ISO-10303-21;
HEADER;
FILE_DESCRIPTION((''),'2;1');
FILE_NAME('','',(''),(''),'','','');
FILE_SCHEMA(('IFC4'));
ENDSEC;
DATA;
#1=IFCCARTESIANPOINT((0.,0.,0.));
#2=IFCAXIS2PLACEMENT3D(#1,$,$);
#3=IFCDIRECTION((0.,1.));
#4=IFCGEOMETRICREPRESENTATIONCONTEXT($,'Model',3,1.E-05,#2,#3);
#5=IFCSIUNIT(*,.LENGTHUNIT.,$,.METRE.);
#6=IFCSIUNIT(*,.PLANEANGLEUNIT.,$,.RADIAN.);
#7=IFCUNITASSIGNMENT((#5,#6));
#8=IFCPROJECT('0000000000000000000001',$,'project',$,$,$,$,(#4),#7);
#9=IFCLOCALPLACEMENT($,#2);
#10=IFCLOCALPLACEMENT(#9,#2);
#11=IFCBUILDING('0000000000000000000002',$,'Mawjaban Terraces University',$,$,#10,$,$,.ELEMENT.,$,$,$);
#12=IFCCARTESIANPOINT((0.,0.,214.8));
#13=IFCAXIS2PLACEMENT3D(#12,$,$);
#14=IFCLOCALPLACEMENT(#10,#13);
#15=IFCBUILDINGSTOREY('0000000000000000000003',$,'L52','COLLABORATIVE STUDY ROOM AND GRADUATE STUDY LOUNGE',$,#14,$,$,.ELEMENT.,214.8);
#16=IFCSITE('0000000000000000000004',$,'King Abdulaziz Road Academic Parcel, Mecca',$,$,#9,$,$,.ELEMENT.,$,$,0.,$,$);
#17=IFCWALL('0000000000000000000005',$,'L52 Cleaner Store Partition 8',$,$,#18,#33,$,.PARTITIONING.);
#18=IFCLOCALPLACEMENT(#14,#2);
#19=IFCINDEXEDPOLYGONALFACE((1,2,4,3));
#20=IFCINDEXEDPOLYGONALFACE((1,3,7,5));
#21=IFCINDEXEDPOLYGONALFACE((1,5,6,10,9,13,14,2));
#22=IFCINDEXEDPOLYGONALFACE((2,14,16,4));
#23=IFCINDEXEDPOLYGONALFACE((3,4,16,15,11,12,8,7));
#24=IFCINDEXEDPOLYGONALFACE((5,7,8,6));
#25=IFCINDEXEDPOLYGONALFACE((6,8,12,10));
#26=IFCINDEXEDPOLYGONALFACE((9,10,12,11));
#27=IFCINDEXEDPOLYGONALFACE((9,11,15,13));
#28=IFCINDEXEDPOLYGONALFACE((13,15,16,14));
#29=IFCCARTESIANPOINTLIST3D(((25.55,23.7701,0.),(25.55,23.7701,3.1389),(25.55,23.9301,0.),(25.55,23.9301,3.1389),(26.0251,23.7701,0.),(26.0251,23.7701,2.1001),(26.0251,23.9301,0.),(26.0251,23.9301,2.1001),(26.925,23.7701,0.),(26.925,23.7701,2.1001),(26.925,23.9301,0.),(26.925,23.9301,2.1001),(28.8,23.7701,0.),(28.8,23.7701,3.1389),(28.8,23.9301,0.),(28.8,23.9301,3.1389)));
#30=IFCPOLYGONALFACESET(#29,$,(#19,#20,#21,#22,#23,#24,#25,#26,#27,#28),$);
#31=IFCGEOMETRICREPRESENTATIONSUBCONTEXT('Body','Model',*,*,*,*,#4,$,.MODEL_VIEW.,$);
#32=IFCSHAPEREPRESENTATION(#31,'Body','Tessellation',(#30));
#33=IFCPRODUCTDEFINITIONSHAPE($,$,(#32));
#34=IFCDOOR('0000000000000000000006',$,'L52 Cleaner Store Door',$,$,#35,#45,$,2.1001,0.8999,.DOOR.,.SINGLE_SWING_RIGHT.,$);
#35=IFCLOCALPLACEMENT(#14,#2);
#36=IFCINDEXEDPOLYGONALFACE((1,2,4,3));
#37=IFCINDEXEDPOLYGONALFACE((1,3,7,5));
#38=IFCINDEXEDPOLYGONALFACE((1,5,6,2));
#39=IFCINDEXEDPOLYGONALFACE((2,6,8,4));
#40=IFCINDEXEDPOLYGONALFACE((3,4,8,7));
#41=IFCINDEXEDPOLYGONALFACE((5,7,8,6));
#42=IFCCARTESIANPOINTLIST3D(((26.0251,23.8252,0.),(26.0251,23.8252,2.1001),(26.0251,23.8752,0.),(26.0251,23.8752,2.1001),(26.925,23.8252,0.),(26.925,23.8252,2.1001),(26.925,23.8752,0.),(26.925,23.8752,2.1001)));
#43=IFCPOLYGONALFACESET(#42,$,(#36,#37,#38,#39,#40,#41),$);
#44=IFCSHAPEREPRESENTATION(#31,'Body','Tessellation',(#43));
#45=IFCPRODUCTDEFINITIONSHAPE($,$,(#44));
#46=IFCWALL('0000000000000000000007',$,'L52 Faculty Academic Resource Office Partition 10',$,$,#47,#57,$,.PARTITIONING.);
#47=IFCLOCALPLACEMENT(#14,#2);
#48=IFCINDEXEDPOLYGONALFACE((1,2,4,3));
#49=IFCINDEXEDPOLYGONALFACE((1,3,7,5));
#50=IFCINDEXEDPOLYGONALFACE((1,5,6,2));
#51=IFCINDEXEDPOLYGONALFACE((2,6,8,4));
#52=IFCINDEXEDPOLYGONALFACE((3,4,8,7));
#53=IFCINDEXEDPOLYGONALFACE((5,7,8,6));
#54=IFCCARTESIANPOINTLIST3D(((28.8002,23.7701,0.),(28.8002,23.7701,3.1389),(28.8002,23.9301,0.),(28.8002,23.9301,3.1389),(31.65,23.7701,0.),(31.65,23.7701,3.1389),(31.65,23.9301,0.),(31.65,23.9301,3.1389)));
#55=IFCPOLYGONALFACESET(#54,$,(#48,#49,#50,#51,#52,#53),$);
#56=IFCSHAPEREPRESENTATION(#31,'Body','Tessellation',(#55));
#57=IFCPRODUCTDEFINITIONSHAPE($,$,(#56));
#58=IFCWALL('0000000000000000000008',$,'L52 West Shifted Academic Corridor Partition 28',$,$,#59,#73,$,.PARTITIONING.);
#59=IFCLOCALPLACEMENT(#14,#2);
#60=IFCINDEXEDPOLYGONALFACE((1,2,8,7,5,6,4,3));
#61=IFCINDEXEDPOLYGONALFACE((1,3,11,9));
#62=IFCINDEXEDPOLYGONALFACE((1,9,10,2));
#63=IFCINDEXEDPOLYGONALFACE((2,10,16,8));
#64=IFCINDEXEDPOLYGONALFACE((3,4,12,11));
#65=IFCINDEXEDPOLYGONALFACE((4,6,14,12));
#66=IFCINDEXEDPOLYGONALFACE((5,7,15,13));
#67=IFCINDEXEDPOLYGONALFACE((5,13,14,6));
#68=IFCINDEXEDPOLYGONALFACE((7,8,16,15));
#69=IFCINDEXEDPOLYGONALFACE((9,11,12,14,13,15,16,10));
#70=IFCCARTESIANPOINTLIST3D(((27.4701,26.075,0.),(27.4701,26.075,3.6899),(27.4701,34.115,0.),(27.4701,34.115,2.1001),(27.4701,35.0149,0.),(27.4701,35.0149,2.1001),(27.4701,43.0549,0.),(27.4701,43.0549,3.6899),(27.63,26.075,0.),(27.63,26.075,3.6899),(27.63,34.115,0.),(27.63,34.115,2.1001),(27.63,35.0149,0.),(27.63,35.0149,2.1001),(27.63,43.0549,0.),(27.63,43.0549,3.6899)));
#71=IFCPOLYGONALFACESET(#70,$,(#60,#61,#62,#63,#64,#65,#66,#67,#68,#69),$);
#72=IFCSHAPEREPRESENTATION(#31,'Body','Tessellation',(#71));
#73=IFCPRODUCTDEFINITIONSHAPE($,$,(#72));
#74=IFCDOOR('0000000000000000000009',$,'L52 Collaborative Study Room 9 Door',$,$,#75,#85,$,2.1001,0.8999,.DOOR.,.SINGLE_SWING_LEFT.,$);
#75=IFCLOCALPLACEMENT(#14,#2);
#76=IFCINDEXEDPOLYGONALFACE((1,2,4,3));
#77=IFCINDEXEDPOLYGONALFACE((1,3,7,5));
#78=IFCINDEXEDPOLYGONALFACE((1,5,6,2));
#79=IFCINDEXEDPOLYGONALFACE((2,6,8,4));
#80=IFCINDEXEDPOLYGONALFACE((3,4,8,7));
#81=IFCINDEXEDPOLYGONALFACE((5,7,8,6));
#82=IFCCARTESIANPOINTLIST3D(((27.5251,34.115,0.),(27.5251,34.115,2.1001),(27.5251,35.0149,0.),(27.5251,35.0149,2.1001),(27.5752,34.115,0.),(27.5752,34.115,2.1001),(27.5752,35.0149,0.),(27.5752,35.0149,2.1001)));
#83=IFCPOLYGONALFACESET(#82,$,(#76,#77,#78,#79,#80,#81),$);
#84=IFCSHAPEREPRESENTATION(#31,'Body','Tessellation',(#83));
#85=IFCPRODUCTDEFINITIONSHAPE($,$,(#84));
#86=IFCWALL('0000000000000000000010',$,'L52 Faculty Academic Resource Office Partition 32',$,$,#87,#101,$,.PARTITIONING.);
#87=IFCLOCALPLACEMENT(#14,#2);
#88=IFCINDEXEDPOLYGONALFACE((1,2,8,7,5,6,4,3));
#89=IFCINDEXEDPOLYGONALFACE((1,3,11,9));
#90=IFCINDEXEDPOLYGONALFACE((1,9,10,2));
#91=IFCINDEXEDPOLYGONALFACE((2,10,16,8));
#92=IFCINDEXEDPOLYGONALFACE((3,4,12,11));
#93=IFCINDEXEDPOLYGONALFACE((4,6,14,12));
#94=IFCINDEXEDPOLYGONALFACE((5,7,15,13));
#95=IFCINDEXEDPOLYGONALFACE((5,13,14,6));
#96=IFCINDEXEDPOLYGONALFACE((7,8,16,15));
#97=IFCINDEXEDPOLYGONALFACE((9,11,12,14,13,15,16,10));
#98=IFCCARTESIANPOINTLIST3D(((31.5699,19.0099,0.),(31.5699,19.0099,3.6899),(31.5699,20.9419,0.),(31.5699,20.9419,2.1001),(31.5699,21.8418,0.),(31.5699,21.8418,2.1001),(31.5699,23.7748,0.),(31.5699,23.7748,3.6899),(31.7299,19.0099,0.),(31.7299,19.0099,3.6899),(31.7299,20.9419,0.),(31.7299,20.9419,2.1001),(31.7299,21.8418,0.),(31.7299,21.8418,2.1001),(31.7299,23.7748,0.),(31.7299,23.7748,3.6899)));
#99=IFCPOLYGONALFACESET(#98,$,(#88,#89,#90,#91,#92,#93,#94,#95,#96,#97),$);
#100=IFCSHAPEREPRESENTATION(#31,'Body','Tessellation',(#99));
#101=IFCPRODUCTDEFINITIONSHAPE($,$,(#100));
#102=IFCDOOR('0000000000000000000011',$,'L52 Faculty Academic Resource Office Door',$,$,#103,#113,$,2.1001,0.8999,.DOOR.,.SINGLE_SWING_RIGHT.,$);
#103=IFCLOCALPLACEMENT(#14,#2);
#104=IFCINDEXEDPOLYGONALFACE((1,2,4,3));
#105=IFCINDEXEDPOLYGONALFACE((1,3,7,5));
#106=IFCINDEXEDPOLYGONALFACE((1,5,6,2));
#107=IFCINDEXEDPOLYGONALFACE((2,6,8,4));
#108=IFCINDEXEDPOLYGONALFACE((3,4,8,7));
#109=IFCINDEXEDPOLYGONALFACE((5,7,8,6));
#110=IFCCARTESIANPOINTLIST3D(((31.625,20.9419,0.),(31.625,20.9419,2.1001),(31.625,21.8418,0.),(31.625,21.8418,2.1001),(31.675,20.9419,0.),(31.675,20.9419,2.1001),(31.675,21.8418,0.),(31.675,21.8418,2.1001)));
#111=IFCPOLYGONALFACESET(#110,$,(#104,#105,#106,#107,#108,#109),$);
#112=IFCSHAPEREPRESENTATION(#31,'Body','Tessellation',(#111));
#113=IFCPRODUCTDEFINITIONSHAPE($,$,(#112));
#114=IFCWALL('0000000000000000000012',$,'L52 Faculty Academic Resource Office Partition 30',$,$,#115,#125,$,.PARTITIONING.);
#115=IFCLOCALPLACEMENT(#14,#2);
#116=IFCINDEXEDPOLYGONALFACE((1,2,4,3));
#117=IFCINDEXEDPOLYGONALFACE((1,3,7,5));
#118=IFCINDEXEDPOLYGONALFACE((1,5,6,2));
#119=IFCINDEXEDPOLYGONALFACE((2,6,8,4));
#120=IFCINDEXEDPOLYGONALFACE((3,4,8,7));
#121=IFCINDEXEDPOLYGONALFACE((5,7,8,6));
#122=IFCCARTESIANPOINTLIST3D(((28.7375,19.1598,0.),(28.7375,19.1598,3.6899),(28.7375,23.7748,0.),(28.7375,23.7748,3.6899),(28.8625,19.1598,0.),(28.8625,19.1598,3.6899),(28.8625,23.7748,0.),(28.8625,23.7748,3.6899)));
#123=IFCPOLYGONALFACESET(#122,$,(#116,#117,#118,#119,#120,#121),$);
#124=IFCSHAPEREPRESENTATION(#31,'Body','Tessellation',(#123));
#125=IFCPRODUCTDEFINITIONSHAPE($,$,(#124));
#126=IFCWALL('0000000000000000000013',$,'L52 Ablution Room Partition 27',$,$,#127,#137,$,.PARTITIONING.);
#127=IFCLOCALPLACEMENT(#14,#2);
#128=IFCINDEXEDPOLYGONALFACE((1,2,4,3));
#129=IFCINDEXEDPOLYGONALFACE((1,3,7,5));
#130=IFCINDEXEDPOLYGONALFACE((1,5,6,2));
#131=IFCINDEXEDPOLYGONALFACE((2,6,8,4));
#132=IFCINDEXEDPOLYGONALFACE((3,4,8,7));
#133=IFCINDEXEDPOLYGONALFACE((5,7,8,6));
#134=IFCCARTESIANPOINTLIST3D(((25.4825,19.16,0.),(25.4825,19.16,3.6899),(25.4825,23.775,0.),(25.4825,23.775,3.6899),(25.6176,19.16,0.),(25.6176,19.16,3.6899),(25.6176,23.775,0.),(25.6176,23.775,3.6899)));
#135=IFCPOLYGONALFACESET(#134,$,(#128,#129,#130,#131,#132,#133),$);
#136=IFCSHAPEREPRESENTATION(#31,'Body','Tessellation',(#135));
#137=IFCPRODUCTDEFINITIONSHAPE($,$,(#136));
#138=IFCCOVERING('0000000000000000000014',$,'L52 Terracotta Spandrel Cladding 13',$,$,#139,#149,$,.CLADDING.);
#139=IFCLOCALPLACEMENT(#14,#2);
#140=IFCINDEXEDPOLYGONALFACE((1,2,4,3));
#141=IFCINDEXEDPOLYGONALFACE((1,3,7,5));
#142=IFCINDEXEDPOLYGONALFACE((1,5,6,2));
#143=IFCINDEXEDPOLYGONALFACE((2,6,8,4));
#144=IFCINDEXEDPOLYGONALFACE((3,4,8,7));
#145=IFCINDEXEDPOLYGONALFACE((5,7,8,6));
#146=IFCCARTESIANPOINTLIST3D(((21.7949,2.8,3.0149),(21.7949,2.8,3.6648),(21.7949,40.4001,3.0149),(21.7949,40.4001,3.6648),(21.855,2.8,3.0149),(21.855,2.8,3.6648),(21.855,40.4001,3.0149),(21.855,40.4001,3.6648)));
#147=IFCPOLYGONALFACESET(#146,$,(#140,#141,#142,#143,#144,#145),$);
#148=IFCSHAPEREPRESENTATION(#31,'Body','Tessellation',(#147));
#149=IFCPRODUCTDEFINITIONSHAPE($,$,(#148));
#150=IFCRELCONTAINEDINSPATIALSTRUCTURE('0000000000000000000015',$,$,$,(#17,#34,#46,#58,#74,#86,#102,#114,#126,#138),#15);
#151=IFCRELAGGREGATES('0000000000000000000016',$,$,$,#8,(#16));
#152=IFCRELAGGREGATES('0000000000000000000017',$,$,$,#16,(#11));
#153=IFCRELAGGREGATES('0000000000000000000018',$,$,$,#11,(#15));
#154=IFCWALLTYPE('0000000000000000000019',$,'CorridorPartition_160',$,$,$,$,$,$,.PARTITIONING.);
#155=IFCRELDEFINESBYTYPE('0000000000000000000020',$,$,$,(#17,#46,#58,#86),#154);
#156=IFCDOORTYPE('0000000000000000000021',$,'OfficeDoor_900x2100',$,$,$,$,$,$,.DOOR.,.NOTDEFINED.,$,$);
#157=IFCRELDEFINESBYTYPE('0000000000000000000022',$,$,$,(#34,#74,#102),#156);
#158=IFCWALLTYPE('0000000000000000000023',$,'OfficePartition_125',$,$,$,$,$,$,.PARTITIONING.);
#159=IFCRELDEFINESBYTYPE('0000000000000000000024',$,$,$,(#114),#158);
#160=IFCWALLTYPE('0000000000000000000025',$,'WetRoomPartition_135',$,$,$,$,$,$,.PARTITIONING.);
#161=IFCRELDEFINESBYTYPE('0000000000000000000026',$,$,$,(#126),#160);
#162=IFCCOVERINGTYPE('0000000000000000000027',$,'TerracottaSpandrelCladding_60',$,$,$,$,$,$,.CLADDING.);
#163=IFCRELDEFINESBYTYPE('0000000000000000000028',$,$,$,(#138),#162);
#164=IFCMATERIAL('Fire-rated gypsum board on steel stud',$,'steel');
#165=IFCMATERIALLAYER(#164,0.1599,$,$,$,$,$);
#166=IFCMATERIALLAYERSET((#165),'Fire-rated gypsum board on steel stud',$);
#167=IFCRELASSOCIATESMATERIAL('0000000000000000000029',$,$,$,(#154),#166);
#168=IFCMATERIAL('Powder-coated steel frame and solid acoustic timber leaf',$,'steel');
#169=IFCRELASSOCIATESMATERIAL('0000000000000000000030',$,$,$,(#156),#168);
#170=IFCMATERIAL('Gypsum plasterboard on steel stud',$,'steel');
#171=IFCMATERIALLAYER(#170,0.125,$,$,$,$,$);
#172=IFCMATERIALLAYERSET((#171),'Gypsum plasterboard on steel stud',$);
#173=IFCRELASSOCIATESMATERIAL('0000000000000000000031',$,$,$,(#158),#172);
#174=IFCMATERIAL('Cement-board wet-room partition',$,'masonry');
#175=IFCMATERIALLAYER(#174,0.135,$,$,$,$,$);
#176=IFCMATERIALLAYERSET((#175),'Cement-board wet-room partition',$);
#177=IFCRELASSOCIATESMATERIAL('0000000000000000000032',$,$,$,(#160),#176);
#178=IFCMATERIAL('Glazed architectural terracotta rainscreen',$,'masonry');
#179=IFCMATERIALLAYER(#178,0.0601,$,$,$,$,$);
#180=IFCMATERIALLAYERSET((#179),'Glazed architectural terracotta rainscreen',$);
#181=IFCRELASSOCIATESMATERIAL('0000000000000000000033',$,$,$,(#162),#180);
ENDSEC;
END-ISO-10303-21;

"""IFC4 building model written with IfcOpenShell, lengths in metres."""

from ifc_helpers import new_model, si_unit, direction, frame, frame_2d, origin, origin_2d, place, context, subcontext, project, spatial, rectangle, extrude, material, layer, layer_set, type_object, element, fill, save


model = new_model("IFC4")

# Units and contexts
model_context = context("Model", 3, precision=1e-05, world=origin(), true_north=direction((0.0, 1.0)))
body_context = subcontext(model_context, "Body", "Model", "MODEL_VIEW")
ifc_project = project(units=[si_unit("LENGTHUNIT", "METRE"), si_unit("PLANEANGLEUNIT", "RADIAN")], contexts=[model_context])

# Site, building, storey
site_placement = place(None, origin())
site = spatial("IfcSite", under=ifc_project, at=site_placement, Name="King Abdulaziz Road Academic Parcel, Mecca", CompositionType="ELEMENT", RefElevation=0.0)
building_placement = place(site_placement, origin())
building = spatial("IfcBuilding", under=site, at=building_placement, Name="Mawjaban Terraces University", CompositionType="ELEMENT")
storey_placement = place(building_placement, frame((0.0, 0.0, 214.8)))
storey = spatial("IfcBuildingStorey", under=building, at=storey_placement, Name="L52", Description="COLLABORATIVE STUDY ROOM AND GRADUATE STUDY LOUNGE", CompositionType="ELEMENT", Elevation=214.8)

# Shared definitions
ifc_material_1 = material(Name="Fire-rated gypsum board on steel stud", Category="steel")
ifc_layer_1 = layer(ifc_material_1, 0.1599)
ifc_layer_set_1 = layer_set([ifc_layer_1], Name="Fire-rated gypsum board on steel stud")
wall_type_1 = type_object("IfcWallType", Name="CorridorPartition_160", PredefinedType="PARTITIONING", material=ifc_layer_set_1)

# Wall, opening, door
ifc_material_2 = material(Name="Powder-coated steel frame and solid acoustic timber leaf", Category="steel")
wall_1_placement = place(storey_placement, frame((28.8, 23.8501, 0.0), z_axis=(0.0, 0.0, 1.0), x_axis=(-1.0, 0.0, 0.0)))
wall_1 = element("IfcWall", 1, at=wall_1_placement, inside=storey, type_object=wall_type_1, Name="L52 Cleaner Store Partition 8", PredefinedType="PARTITIONING", context=body_context, shape_type="SweptSolid", body=[
    extrude(rectangle(XDim=3.25, YDim=0.1599, at=frame_2d((1.625, 0.0))), origin(), (0.0, 0.0, 1.0), 3.1389),
])
opening_1_placement = place(wall_1_placement, frame((1.875, 0.0, 0.0)))
opening_1 = element("IfcOpeningElement", 2, at=opening_1_placement, cuts=wall_1, PredefinedType="OPENING", context=body_context, shape_type="SweptSolid", body=[
    extrude(rectangle(XDim=0.8999, YDim=2.1001, at=frame_2d((0.45, 1.05))), frame((0.0, 0.0898, 0.0), z_axis=(0.0, -1.0, 0.0), x_axis=(1.0, 0.0, 0.0)), (0.0, 0.0, 1.0), 0.1799),
])
door_type_1 = type_object("IfcDoorType", Name="OfficeDoor_900x2100", OperationType="NOTDEFINED", PredefinedType="DOOR", material=ifc_material_2)
door_1_placement = place(opening_1_placement, origin())
door_1 = element("IfcDoor", 3, at=door_1_placement, inside=storey, type_object=door_type_1, Name="L52 Cleaner Store Door", OperationType="SINGLE_SWING_RIGHT", OverallHeight=2.1001, OverallWidth=0.8999, PredefinedType="DOOR", context=body_context, shape_type="SweptSolid", body=[
    extrude(rectangle(XDim=0.8999, YDim=2.1001, at=frame_2d((0.45, 1.05))), frame((0.0, 0.0249, 0.0), z_axis=(0.0, -1.0, 0.0), x_axis=(1.0, 0.0, 0.0)), (0.0, 0.0, 1.0), 0.05),
])
fill(opening_1, door_1)

# Wall
wall_2_placement = place(storey_placement, frame((31.6499, 23.8501, 0.0), z_axis=(0.0, 0.0, 1.0), x_axis=(-1.0, 0.0, 0.0)))
element("IfcWall", 4, at=wall_2_placement, inside=storey, type_object=wall_type_1, Name="L52 Faculty Academic Resource Office Partition 10", PredefinedType="PARTITIONING", context=body_context, shape_type="SweptSolid", body=[
    extrude(rectangle(XDim=2.8499, YDim=0.1599, at=frame_2d((1.4248, 0.0))), origin(), (0.0, 0.0, 1.0), 3.1389),
])

# Walls, openings, doors
wall_3_placement = place(storey_placement, frame((27.55, 26.075, 0.0), z_axis=(0.0, 0.0, 1.0), x_axis=(0.0, 1.0, 0.0)))
wall_3 = element("IfcWall", 5, at=wall_3_placement, inside=storey, type_object=wall_type_1, Name="L52 West Shifted Academic Corridor Partition 28", PredefinedType="PARTITIONING", context=body_context, shape_type="SweptSolid", body=[
    extrude(rectangle(XDim=16.98, YDim=0.1599, at=frame_2d((8.49, 0.0))), origin(), (0.0, 0.0, 1.0), 3.6899),
])
opening_2_placement = place(wall_3_placement, frame((8.04, 0.0, 0.0)))
opening_2 = element("IfcOpeningElement", 6, at=opening_2_placement, cuts=wall_3, PredefinedType="OPENING", context=body_context, shape_type="SweptSolid", body=[
    extrude(rectangle(XDim=0.8999, YDim=2.1001, at=frame_2d((0.45, 1.05))), frame((0.0, 0.0898, 0.0), z_axis=(0.0, -1.0, 0.0), x_axis=(1.0, 0.0, 0.0)), (0.0, 0.0, 1.0), 0.1799),
])
door_2_placement = place(opening_2_placement, origin())
door_2 = element("IfcDoor", 7, at=door_2_placement, inside=storey, type_object=door_type_1, Name="L52 Collaborative Study Room 9 Door", OperationType="SINGLE_SWING_LEFT", OverallHeight=2.1001, OverallWidth=0.8999, PredefinedType="DOOR", context=body_context, shape_type="SweptSolid", body=[
    extrude(rectangle(XDim=0.8999, YDim=2.1001, at=frame_2d((0.45, 1.05))), frame((0.0, 0.0249, 0.0), z_axis=(0.0, -1.0, 0.0), x_axis=(1.0, 0.0, 0.0)), (0.0, 0.0, 1.0), 0.05),
])
fill(opening_2, door_2)
wall_4_placement = place(storey_placement, frame((31.6499, 19.01, 0.0), z_axis=(0.0, 0.0, 1.0), x_axis=(0.0, 1.0, 0.0)))
wall_4 = element("IfcWall", 8, at=wall_4_placement, inside=storey, type_object=wall_type_1, Name="L52 Faculty Academic Resource Office Partition 32", PredefinedType="PARTITIONING", context=body_context, shape_type="SweptSolid", body=[
    extrude(rectangle(XDim=4.7649, YDim=0.1599, at=frame_2d((2.3823, 0.0))), origin(), (0.0, 0.0, 1.0), 3.6899),
])
opening_3_placement = place(wall_4_placement, frame((1.9319, 0.0, 0.0)))
opening_3 = element("IfcOpeningElement", 9, at=opening_3_placement, cuts=wall_4, PredefinedType="OPENING", context=body_context, shape_type="SweptSolid", body=[
    extrude(rectangle(XDim=0.8999, YDim=2.1001, at=frame_2d((0.45, 1.05))), frame((0.0, 0.0898, 0.0), z_axis=(0.0, -1.0, 0.0), x_axis=(1.0, 0.0, 0.0)), (0.0, 0.0, 1.0), 0.1799),
])
door_3_placement = place(opening_3_placement, origin())
door_3 = element("IfcDoor", 10, at=door_3_placement, inside=storey, type_object=door_type_1, Name="L52 Faculty Academic Resource Office Door", OperationType="SINGLE_SWING_RIGHT", OverallHeight=2.1001, OverallWidth=0.8999, PredefinedType="DOOR", context=body_context, shape_type="SweptSolid", body=[
    extrude(rectangle(XDim=0.8999, YDim=2.1001, at=frame_2d((0.45, 1.05))), frame((0.0, 0.0249, 0.0), z_axis=(0.0, -1.0, 0.0), x_axis=(1.0, 0.0, 0.0)), (0.0, 0.0, 1.0), 0.05),
])
fill(opening_3, door_3)

# Walls
ifc_material_3 = material(Name="Gypsum plasterboard on steel stud", Category="steel")
ifc_layer_2 = layer(ifc_material_3, 0.125)
ifc_layer_set_2 = layer_set([ifc_layer_2], Name="Gypsum plasterboard on steel stud")
wall_type_2 = type_object("IfcWallType", Name="OfficePartition_125", PredefinedType="PARTITIONING", material=ifc_layer_set_2)
wall_5_placement = place(storey_placement, frame((28.8, 23.7749, 0.0), z_axis=(0.0, 0.0, 1.0), x_axis=(0.0, -1.0, 0.0)))
element("IfcWall", 11, at=wall_5_placement, inside=storey, type_object=wall_type_2, Name="L52 Faculty Academic Resource Office Partition 30", PredefinedType="PARTITIONING", context=body_context, shape_type="SweptSolid", body=[
    extrude(rectangle(XDim=4.615, YDim=0.125, at=frame_2d((2.3076, 0.0))), origin(), (0.0, 0.0, 1.0), 3.6899),
])
ifc_material_4 = material(Name="Cement-board wet-room partition", Category="masonry")
ifc_layer_3 = layer(ifc_material_4, 0.135)
ifc_layer_set_3 = layer_set([ifc_layer_3], Name="Cement-board wet-room partition")
wall_type_3 = type_object("IfcWallType", Name="WetRoomPartition_135", PredefinedType="PARTITIONING", material=ifc_layer_set_3)
wall_6_placement = place(storey_placement, frame((25.55, 19.1599, 0.0), z_axis=(0.0, 0.0, 1.0), x_axis=(0.0, 1.0, 0.0)))
element("IfcWall", 12, at=wall_6_placement, inside=storey, type_object=wall_type_3, Name="L52 Ablution Room Partition 27", PredefinedType="PARTITIONING", context=body_context, shape_type="SweptSolid", body=[
    extrude(rectangle(XDim=4.615, YDim=0.135, at=frame_2d((2.3076, 0.0))), origin(), (0.0, 0.0, 1.0), 3.6899),
])

# Covering
ifc_material_5 = material(Name="Glazed architectural terracotta rainscreen", Category="masonry")
ifc_layer_4 = layer(ifc_material_5, 0.0601)
ifc_layer_set_4 = layer_set([ifc_layer_4], Name="Glazed architectural terracotta rainscreen")
covering_type = type_object("IfcCoveringType", Name="TerracottaSpandrelCladding_60", PredefinedType="CLADDING", material=ifc_layer_set_4)
covering_placement = place(storey_placement, frame((21.825, 21.6001, 3.0149), z_axis=(0.0, 0.0, 1.0), x_axis=(0.0, -1.0, 0.0)))
element("IfcCovering", 13, at=covering_placement, inside=storey, type_object=covering_type, Name="L52 Terracotta Spandrel Cladding 13", PredefinedType="CLADDING", context=body_context, shape_type="SweptSolid", body=[
    extrude(rectangle(XDim=37.6001, YDim=0.0601, at=origin_2d()), origin(), (0.0, 0.0, 1.0), 0.6499),
])

save(model, "model.ifc")
